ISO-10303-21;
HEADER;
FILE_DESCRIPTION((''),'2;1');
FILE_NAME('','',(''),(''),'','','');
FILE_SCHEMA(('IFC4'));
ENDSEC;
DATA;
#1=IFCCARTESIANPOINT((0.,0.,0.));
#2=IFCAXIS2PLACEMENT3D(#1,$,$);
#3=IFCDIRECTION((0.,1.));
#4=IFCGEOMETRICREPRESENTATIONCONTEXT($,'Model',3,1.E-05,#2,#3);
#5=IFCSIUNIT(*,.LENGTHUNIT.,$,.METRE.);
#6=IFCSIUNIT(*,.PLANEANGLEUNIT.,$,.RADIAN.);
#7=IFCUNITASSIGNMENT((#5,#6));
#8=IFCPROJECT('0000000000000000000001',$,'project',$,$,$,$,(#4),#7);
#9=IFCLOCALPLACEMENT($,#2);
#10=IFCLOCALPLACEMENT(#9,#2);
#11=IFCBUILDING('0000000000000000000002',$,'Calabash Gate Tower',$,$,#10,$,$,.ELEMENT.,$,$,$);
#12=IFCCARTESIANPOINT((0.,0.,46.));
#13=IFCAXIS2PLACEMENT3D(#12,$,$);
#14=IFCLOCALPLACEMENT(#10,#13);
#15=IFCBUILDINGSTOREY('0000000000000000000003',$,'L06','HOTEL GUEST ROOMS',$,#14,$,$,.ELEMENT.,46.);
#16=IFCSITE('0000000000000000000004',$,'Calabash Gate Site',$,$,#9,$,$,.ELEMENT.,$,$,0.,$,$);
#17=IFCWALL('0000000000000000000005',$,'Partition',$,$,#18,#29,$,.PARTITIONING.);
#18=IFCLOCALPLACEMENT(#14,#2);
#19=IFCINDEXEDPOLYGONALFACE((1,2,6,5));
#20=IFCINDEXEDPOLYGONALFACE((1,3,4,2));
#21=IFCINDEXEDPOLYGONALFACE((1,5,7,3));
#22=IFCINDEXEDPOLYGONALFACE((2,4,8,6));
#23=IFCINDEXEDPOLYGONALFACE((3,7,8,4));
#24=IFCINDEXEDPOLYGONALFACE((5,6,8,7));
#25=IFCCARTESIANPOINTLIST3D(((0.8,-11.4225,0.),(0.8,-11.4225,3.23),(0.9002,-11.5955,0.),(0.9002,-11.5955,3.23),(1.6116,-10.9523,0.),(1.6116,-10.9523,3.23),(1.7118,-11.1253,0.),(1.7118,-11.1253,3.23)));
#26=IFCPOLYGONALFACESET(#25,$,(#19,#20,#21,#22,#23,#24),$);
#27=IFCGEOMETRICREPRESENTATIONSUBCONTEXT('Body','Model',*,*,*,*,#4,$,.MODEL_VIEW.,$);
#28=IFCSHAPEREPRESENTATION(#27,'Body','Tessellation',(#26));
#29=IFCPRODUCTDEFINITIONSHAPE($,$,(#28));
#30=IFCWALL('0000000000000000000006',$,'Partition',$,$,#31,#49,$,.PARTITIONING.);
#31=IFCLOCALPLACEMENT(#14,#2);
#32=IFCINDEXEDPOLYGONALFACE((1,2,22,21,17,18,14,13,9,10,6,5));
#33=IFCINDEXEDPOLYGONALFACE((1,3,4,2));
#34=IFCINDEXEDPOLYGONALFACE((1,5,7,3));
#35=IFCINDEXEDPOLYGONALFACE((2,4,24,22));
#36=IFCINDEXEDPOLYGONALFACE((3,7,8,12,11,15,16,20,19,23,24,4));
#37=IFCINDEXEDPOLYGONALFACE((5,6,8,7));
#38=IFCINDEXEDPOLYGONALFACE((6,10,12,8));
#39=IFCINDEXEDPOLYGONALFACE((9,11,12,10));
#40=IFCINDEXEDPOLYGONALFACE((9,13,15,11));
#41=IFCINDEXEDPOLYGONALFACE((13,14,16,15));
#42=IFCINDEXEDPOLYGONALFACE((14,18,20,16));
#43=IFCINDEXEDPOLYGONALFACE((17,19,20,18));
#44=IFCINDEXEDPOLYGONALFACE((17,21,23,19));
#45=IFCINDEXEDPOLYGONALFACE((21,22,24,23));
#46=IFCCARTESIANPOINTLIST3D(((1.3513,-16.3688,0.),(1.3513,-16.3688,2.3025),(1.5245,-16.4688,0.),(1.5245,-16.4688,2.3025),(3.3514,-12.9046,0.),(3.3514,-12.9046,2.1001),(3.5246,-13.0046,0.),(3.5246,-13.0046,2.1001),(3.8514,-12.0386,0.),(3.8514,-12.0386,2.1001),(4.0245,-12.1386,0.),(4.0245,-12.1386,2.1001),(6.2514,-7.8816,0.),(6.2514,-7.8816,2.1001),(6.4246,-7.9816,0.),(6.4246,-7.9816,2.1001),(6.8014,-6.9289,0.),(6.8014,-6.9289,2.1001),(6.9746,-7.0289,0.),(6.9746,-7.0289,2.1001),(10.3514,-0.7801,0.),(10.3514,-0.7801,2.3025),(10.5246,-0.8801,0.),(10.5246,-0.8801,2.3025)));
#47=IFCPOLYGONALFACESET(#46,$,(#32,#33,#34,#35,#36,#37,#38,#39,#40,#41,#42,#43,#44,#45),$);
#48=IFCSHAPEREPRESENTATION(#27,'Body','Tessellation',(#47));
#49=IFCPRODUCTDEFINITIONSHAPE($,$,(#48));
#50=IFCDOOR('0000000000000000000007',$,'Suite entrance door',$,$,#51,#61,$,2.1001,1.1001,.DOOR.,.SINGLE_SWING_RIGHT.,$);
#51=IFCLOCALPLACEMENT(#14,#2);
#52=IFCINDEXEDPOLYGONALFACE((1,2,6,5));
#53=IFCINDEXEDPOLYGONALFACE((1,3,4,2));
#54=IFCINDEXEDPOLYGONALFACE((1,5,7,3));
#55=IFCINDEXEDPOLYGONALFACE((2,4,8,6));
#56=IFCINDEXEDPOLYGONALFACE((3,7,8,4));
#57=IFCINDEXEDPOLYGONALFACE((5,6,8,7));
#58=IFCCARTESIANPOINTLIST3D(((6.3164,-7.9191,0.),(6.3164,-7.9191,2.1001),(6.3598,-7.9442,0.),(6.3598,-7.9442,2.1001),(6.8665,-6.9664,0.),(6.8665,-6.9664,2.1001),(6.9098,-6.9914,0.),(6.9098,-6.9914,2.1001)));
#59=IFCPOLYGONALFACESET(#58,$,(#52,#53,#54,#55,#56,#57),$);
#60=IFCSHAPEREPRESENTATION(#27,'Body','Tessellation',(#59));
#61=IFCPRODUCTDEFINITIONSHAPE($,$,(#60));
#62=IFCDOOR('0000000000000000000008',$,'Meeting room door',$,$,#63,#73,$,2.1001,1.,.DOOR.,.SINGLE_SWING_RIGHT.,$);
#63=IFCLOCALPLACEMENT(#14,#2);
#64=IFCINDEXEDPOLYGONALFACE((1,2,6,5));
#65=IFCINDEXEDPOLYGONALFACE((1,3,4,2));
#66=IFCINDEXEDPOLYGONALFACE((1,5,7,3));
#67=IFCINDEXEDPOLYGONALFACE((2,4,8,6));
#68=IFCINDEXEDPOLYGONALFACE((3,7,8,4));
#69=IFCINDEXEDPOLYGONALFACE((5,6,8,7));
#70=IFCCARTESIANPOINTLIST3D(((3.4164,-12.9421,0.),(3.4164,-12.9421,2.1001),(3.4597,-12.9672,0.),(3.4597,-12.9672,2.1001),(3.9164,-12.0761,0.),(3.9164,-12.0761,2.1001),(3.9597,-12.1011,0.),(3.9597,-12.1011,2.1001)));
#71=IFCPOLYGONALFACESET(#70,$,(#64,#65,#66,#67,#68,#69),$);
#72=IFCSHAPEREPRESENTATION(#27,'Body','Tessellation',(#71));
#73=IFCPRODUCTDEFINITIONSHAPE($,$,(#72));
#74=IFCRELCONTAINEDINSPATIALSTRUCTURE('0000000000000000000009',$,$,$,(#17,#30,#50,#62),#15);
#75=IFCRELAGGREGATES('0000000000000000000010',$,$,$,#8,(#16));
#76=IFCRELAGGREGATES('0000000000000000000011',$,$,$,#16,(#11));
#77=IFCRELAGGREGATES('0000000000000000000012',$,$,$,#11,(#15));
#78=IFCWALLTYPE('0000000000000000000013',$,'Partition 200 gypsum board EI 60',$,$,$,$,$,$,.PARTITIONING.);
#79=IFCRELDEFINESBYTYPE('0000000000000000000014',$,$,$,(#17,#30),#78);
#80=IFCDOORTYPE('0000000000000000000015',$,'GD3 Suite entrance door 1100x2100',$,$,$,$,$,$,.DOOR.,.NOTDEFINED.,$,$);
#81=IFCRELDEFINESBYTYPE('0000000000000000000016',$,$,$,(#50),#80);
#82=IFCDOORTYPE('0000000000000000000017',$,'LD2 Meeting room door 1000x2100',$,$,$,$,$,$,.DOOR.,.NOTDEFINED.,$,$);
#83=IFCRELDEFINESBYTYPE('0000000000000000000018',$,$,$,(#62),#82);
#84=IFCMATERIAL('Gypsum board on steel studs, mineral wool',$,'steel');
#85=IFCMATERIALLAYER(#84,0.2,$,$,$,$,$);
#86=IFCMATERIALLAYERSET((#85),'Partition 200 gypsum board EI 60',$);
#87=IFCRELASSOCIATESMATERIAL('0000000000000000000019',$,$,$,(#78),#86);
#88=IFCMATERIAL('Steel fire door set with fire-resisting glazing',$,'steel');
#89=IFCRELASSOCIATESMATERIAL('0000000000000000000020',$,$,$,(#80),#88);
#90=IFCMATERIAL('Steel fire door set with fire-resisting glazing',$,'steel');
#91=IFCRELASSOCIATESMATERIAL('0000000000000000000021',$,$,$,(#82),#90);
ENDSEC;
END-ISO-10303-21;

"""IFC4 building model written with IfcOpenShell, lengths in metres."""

from ifc_helpers import new_model, si_unit, direction, frame, frame_2d, origin, place, context, subcontext, project, spatial, rectangle, extrude, material, layer, layer_set, type_object, element, fill, save


model = new_model("IFC4")

# Units and contexts
model_context = context("Model", 3, precision=1e-05, world=origin(), true_north=direction((0.0, 1.0)))
body_context = subcontext(model_context, "Body", "Model", "MODEL_VIEW")
ifc_project = project(units=[si_unit("LENGTHUNIT", "METRE"), si_unit("PLANEANGLEUNIT", "RADIAN")], contexts=[model_context])

# Site, building, storey
site_placement = place(None, origin())
site = spatial("IfcSite", under=ifc_project, at=site_placement, Name="Calabash Gate Site", CompositionType="ELEMENT", RefElevation=0.0)
building_placement = place(site_placement, origin())
building = spatial("IfcBuilding", under=site, at=building_placement, Name="Calabash Gate Tower", CompositionType="ELEMENT")
storey_placement = place(building_placement, frame((0.0, 0.0, 46.0)))
storey = spatial("IfcBuildingStorey", under=building, at=storey_placement, Name="L06", Description="HOTEL GUEST ROOMS", CompositionType="ELEMENT", Elevation=46.0)

# Shared definitions
ifc_material_1 = material(Name="Gypsum board on steel studs, mineral wool", Category="steel")
ifc_layer = layer(ifc_material_1, 0.2)
ifc_layer_set = layer_set([ifc_layer], Name="Partition 200 gypsum board EI 60")
wall_type = type_object("IfcWallType", Name="Partition 200 gypsum board EI 60", PredefinedType="PARTITIONING", material=ifc_layer_set)
ifc_material_2 = material(Name="Steel fire door set with fire-resisting glazing", Category="steel")
door_type_1 = type_object("IfcDoorType", Name="GD3 Suite entrance door 1100x2100", OperationType="NOTDEFINED", PredefinedType="DOOR", material=ifc_material_2)

# Shared definitions
ifc_material_3 = material(Name="Steel fire door set with fire-resisting glazing", Category="steel")
door_type_2 = type_object("IfcDoorType", Name="LD2 Meeting room door 1000x2100", OperationType="NOTDEFINED", PredefinedType="DOOR", material=ifc_material_3)

# Wall
wall_1_placement = place(storey_placement, frame((0.8501, -11.509, 0.0), z_axis=(0.0, 0.0, 1.0), x_axis=(0.865248, 0.501344, 0.0)))
element("IfcWall", 1, at=wall_1_placement, inside=storey, type_object=wall_type, Name="Partition", PredefinedType="PARTITIONING", context=body_context, shape_type="SweptSolid", body=[
    extrude(rectangle(XDim=0.938, YDim=0.2, at=frame_2d((0.469, 0.0))), origin(), (0.0, 0.0, 1.0), 3.23),
])

# Wall, openings, doors
wall_2_placement = place(storey_placement, frame((1.438, -16.4187, 0.0), z_axis=(0.0, 0.0, 1.0), x_axis=(0.499996, 0.866028, 0.0)))
wall_2 = element("IfcWall", 2, at=wall_2_placement, inside=storey, type_object=wall_type, Name="Partition", PredefinedType="PARTITIONING", context=body_context, shape_type="SweptSolid", body=[
    extrude(rectangle(XDim=18.0002, YDim=0.2, at=frame_2d((9.0, 0.0))), origin(), (0.0, 0.0, 1.0), 2.3025),
])
opening_1_placement = place(wall_2_placement, frame((4.0, 0.0, 0.0)))
opening_1 = element("IfcOpeningElement", 3, at=opening_1_placement, cuts=wall_2, PredefinedType="OPENING", context=body_context, shape_type="SweptSolid", body=[
    extrude(rectangle(XDim=1.0, YDim=2.1001, at=frame_2d((0.5, 1.05))), frame((0.0, 0.1099, 0.0), z_axis=(0.0, -1.0, 0.0), x_axis=(1.0, 0.0, 0.0)), (0.0, 0.0, 1.0), 0.22),
])
opening_2_placement = place(wall_2_placement, frame((9.8, 0.0, 0.0)))
opening_2 = element("IfcOpeningElement", 4, at=opening_2_placement, cuts=wall_2, PredefinedType="OPENING", context=body_context, shape_type="SweptSolid", body=[
    extrude(rectangle(XDim=1.1001, YDim=2.1001, at=frame_2d((0.55, 1.05))), frame((0.0, 0.1099, 0.0), z_axis=(0.0, -1.0, 0.0), x_axis=(1.0, 0.0, 0.0)), (0.0, 0.0, 1.0), 0.22),
])
door_1_placement = place(opening_2_placement, origin())
door_1 = element("IfcDoor", 5, at=door_1_placement, inside=storey, type_object=door_type_1, Name="Suite entrance door", OperationType="SINGLE_SWING_RIGHT", OverallHeight=2.1001, OverallWidth=1.1001, PredefinedType="DOOR", context=body_context, shape_type="SweptSolid", body=[
    extrude(rectangle(XDim=1.1001, YDim=2.1001, at=frame_2d((0.55, 1.05))), frame((0.0, 0.0249, 0.0), z_axis=(0.0, -1.0, 0.0), x_axis=(1.0, 0.0, 0.0)), (0.0, 0.0, 1.0), 0.05),
])
fill(opening_2, door_1)
door_2_placement = place(opening_1_placement, origin())
door_2 = element("IfcDoor", 6, at=door_2_placement, inside=storey, type_object=door_type_2, Name="Meeting room door", OperationType="SINGLE_SWING_RIGHT", OverallHeight=2.1001, OverallWidth=1.0, PredefinedType="DOOR", context=body_context, shape_type="SweptSolid", body=[
    extrude(rectangle(XDim=1.0, YDim=2.1001, at=frame_2d((0.5, 1.05))), frame((0.0, 0.0249, 0.0), z_axis=(0.0, -1.0, 0.0), x_axis=(1.0, 0.0, 0.0)), (0.0, 0.0, 1.0), 0.05),
])
fill(opening_1, door_2)

save(model, "model.ifc")
